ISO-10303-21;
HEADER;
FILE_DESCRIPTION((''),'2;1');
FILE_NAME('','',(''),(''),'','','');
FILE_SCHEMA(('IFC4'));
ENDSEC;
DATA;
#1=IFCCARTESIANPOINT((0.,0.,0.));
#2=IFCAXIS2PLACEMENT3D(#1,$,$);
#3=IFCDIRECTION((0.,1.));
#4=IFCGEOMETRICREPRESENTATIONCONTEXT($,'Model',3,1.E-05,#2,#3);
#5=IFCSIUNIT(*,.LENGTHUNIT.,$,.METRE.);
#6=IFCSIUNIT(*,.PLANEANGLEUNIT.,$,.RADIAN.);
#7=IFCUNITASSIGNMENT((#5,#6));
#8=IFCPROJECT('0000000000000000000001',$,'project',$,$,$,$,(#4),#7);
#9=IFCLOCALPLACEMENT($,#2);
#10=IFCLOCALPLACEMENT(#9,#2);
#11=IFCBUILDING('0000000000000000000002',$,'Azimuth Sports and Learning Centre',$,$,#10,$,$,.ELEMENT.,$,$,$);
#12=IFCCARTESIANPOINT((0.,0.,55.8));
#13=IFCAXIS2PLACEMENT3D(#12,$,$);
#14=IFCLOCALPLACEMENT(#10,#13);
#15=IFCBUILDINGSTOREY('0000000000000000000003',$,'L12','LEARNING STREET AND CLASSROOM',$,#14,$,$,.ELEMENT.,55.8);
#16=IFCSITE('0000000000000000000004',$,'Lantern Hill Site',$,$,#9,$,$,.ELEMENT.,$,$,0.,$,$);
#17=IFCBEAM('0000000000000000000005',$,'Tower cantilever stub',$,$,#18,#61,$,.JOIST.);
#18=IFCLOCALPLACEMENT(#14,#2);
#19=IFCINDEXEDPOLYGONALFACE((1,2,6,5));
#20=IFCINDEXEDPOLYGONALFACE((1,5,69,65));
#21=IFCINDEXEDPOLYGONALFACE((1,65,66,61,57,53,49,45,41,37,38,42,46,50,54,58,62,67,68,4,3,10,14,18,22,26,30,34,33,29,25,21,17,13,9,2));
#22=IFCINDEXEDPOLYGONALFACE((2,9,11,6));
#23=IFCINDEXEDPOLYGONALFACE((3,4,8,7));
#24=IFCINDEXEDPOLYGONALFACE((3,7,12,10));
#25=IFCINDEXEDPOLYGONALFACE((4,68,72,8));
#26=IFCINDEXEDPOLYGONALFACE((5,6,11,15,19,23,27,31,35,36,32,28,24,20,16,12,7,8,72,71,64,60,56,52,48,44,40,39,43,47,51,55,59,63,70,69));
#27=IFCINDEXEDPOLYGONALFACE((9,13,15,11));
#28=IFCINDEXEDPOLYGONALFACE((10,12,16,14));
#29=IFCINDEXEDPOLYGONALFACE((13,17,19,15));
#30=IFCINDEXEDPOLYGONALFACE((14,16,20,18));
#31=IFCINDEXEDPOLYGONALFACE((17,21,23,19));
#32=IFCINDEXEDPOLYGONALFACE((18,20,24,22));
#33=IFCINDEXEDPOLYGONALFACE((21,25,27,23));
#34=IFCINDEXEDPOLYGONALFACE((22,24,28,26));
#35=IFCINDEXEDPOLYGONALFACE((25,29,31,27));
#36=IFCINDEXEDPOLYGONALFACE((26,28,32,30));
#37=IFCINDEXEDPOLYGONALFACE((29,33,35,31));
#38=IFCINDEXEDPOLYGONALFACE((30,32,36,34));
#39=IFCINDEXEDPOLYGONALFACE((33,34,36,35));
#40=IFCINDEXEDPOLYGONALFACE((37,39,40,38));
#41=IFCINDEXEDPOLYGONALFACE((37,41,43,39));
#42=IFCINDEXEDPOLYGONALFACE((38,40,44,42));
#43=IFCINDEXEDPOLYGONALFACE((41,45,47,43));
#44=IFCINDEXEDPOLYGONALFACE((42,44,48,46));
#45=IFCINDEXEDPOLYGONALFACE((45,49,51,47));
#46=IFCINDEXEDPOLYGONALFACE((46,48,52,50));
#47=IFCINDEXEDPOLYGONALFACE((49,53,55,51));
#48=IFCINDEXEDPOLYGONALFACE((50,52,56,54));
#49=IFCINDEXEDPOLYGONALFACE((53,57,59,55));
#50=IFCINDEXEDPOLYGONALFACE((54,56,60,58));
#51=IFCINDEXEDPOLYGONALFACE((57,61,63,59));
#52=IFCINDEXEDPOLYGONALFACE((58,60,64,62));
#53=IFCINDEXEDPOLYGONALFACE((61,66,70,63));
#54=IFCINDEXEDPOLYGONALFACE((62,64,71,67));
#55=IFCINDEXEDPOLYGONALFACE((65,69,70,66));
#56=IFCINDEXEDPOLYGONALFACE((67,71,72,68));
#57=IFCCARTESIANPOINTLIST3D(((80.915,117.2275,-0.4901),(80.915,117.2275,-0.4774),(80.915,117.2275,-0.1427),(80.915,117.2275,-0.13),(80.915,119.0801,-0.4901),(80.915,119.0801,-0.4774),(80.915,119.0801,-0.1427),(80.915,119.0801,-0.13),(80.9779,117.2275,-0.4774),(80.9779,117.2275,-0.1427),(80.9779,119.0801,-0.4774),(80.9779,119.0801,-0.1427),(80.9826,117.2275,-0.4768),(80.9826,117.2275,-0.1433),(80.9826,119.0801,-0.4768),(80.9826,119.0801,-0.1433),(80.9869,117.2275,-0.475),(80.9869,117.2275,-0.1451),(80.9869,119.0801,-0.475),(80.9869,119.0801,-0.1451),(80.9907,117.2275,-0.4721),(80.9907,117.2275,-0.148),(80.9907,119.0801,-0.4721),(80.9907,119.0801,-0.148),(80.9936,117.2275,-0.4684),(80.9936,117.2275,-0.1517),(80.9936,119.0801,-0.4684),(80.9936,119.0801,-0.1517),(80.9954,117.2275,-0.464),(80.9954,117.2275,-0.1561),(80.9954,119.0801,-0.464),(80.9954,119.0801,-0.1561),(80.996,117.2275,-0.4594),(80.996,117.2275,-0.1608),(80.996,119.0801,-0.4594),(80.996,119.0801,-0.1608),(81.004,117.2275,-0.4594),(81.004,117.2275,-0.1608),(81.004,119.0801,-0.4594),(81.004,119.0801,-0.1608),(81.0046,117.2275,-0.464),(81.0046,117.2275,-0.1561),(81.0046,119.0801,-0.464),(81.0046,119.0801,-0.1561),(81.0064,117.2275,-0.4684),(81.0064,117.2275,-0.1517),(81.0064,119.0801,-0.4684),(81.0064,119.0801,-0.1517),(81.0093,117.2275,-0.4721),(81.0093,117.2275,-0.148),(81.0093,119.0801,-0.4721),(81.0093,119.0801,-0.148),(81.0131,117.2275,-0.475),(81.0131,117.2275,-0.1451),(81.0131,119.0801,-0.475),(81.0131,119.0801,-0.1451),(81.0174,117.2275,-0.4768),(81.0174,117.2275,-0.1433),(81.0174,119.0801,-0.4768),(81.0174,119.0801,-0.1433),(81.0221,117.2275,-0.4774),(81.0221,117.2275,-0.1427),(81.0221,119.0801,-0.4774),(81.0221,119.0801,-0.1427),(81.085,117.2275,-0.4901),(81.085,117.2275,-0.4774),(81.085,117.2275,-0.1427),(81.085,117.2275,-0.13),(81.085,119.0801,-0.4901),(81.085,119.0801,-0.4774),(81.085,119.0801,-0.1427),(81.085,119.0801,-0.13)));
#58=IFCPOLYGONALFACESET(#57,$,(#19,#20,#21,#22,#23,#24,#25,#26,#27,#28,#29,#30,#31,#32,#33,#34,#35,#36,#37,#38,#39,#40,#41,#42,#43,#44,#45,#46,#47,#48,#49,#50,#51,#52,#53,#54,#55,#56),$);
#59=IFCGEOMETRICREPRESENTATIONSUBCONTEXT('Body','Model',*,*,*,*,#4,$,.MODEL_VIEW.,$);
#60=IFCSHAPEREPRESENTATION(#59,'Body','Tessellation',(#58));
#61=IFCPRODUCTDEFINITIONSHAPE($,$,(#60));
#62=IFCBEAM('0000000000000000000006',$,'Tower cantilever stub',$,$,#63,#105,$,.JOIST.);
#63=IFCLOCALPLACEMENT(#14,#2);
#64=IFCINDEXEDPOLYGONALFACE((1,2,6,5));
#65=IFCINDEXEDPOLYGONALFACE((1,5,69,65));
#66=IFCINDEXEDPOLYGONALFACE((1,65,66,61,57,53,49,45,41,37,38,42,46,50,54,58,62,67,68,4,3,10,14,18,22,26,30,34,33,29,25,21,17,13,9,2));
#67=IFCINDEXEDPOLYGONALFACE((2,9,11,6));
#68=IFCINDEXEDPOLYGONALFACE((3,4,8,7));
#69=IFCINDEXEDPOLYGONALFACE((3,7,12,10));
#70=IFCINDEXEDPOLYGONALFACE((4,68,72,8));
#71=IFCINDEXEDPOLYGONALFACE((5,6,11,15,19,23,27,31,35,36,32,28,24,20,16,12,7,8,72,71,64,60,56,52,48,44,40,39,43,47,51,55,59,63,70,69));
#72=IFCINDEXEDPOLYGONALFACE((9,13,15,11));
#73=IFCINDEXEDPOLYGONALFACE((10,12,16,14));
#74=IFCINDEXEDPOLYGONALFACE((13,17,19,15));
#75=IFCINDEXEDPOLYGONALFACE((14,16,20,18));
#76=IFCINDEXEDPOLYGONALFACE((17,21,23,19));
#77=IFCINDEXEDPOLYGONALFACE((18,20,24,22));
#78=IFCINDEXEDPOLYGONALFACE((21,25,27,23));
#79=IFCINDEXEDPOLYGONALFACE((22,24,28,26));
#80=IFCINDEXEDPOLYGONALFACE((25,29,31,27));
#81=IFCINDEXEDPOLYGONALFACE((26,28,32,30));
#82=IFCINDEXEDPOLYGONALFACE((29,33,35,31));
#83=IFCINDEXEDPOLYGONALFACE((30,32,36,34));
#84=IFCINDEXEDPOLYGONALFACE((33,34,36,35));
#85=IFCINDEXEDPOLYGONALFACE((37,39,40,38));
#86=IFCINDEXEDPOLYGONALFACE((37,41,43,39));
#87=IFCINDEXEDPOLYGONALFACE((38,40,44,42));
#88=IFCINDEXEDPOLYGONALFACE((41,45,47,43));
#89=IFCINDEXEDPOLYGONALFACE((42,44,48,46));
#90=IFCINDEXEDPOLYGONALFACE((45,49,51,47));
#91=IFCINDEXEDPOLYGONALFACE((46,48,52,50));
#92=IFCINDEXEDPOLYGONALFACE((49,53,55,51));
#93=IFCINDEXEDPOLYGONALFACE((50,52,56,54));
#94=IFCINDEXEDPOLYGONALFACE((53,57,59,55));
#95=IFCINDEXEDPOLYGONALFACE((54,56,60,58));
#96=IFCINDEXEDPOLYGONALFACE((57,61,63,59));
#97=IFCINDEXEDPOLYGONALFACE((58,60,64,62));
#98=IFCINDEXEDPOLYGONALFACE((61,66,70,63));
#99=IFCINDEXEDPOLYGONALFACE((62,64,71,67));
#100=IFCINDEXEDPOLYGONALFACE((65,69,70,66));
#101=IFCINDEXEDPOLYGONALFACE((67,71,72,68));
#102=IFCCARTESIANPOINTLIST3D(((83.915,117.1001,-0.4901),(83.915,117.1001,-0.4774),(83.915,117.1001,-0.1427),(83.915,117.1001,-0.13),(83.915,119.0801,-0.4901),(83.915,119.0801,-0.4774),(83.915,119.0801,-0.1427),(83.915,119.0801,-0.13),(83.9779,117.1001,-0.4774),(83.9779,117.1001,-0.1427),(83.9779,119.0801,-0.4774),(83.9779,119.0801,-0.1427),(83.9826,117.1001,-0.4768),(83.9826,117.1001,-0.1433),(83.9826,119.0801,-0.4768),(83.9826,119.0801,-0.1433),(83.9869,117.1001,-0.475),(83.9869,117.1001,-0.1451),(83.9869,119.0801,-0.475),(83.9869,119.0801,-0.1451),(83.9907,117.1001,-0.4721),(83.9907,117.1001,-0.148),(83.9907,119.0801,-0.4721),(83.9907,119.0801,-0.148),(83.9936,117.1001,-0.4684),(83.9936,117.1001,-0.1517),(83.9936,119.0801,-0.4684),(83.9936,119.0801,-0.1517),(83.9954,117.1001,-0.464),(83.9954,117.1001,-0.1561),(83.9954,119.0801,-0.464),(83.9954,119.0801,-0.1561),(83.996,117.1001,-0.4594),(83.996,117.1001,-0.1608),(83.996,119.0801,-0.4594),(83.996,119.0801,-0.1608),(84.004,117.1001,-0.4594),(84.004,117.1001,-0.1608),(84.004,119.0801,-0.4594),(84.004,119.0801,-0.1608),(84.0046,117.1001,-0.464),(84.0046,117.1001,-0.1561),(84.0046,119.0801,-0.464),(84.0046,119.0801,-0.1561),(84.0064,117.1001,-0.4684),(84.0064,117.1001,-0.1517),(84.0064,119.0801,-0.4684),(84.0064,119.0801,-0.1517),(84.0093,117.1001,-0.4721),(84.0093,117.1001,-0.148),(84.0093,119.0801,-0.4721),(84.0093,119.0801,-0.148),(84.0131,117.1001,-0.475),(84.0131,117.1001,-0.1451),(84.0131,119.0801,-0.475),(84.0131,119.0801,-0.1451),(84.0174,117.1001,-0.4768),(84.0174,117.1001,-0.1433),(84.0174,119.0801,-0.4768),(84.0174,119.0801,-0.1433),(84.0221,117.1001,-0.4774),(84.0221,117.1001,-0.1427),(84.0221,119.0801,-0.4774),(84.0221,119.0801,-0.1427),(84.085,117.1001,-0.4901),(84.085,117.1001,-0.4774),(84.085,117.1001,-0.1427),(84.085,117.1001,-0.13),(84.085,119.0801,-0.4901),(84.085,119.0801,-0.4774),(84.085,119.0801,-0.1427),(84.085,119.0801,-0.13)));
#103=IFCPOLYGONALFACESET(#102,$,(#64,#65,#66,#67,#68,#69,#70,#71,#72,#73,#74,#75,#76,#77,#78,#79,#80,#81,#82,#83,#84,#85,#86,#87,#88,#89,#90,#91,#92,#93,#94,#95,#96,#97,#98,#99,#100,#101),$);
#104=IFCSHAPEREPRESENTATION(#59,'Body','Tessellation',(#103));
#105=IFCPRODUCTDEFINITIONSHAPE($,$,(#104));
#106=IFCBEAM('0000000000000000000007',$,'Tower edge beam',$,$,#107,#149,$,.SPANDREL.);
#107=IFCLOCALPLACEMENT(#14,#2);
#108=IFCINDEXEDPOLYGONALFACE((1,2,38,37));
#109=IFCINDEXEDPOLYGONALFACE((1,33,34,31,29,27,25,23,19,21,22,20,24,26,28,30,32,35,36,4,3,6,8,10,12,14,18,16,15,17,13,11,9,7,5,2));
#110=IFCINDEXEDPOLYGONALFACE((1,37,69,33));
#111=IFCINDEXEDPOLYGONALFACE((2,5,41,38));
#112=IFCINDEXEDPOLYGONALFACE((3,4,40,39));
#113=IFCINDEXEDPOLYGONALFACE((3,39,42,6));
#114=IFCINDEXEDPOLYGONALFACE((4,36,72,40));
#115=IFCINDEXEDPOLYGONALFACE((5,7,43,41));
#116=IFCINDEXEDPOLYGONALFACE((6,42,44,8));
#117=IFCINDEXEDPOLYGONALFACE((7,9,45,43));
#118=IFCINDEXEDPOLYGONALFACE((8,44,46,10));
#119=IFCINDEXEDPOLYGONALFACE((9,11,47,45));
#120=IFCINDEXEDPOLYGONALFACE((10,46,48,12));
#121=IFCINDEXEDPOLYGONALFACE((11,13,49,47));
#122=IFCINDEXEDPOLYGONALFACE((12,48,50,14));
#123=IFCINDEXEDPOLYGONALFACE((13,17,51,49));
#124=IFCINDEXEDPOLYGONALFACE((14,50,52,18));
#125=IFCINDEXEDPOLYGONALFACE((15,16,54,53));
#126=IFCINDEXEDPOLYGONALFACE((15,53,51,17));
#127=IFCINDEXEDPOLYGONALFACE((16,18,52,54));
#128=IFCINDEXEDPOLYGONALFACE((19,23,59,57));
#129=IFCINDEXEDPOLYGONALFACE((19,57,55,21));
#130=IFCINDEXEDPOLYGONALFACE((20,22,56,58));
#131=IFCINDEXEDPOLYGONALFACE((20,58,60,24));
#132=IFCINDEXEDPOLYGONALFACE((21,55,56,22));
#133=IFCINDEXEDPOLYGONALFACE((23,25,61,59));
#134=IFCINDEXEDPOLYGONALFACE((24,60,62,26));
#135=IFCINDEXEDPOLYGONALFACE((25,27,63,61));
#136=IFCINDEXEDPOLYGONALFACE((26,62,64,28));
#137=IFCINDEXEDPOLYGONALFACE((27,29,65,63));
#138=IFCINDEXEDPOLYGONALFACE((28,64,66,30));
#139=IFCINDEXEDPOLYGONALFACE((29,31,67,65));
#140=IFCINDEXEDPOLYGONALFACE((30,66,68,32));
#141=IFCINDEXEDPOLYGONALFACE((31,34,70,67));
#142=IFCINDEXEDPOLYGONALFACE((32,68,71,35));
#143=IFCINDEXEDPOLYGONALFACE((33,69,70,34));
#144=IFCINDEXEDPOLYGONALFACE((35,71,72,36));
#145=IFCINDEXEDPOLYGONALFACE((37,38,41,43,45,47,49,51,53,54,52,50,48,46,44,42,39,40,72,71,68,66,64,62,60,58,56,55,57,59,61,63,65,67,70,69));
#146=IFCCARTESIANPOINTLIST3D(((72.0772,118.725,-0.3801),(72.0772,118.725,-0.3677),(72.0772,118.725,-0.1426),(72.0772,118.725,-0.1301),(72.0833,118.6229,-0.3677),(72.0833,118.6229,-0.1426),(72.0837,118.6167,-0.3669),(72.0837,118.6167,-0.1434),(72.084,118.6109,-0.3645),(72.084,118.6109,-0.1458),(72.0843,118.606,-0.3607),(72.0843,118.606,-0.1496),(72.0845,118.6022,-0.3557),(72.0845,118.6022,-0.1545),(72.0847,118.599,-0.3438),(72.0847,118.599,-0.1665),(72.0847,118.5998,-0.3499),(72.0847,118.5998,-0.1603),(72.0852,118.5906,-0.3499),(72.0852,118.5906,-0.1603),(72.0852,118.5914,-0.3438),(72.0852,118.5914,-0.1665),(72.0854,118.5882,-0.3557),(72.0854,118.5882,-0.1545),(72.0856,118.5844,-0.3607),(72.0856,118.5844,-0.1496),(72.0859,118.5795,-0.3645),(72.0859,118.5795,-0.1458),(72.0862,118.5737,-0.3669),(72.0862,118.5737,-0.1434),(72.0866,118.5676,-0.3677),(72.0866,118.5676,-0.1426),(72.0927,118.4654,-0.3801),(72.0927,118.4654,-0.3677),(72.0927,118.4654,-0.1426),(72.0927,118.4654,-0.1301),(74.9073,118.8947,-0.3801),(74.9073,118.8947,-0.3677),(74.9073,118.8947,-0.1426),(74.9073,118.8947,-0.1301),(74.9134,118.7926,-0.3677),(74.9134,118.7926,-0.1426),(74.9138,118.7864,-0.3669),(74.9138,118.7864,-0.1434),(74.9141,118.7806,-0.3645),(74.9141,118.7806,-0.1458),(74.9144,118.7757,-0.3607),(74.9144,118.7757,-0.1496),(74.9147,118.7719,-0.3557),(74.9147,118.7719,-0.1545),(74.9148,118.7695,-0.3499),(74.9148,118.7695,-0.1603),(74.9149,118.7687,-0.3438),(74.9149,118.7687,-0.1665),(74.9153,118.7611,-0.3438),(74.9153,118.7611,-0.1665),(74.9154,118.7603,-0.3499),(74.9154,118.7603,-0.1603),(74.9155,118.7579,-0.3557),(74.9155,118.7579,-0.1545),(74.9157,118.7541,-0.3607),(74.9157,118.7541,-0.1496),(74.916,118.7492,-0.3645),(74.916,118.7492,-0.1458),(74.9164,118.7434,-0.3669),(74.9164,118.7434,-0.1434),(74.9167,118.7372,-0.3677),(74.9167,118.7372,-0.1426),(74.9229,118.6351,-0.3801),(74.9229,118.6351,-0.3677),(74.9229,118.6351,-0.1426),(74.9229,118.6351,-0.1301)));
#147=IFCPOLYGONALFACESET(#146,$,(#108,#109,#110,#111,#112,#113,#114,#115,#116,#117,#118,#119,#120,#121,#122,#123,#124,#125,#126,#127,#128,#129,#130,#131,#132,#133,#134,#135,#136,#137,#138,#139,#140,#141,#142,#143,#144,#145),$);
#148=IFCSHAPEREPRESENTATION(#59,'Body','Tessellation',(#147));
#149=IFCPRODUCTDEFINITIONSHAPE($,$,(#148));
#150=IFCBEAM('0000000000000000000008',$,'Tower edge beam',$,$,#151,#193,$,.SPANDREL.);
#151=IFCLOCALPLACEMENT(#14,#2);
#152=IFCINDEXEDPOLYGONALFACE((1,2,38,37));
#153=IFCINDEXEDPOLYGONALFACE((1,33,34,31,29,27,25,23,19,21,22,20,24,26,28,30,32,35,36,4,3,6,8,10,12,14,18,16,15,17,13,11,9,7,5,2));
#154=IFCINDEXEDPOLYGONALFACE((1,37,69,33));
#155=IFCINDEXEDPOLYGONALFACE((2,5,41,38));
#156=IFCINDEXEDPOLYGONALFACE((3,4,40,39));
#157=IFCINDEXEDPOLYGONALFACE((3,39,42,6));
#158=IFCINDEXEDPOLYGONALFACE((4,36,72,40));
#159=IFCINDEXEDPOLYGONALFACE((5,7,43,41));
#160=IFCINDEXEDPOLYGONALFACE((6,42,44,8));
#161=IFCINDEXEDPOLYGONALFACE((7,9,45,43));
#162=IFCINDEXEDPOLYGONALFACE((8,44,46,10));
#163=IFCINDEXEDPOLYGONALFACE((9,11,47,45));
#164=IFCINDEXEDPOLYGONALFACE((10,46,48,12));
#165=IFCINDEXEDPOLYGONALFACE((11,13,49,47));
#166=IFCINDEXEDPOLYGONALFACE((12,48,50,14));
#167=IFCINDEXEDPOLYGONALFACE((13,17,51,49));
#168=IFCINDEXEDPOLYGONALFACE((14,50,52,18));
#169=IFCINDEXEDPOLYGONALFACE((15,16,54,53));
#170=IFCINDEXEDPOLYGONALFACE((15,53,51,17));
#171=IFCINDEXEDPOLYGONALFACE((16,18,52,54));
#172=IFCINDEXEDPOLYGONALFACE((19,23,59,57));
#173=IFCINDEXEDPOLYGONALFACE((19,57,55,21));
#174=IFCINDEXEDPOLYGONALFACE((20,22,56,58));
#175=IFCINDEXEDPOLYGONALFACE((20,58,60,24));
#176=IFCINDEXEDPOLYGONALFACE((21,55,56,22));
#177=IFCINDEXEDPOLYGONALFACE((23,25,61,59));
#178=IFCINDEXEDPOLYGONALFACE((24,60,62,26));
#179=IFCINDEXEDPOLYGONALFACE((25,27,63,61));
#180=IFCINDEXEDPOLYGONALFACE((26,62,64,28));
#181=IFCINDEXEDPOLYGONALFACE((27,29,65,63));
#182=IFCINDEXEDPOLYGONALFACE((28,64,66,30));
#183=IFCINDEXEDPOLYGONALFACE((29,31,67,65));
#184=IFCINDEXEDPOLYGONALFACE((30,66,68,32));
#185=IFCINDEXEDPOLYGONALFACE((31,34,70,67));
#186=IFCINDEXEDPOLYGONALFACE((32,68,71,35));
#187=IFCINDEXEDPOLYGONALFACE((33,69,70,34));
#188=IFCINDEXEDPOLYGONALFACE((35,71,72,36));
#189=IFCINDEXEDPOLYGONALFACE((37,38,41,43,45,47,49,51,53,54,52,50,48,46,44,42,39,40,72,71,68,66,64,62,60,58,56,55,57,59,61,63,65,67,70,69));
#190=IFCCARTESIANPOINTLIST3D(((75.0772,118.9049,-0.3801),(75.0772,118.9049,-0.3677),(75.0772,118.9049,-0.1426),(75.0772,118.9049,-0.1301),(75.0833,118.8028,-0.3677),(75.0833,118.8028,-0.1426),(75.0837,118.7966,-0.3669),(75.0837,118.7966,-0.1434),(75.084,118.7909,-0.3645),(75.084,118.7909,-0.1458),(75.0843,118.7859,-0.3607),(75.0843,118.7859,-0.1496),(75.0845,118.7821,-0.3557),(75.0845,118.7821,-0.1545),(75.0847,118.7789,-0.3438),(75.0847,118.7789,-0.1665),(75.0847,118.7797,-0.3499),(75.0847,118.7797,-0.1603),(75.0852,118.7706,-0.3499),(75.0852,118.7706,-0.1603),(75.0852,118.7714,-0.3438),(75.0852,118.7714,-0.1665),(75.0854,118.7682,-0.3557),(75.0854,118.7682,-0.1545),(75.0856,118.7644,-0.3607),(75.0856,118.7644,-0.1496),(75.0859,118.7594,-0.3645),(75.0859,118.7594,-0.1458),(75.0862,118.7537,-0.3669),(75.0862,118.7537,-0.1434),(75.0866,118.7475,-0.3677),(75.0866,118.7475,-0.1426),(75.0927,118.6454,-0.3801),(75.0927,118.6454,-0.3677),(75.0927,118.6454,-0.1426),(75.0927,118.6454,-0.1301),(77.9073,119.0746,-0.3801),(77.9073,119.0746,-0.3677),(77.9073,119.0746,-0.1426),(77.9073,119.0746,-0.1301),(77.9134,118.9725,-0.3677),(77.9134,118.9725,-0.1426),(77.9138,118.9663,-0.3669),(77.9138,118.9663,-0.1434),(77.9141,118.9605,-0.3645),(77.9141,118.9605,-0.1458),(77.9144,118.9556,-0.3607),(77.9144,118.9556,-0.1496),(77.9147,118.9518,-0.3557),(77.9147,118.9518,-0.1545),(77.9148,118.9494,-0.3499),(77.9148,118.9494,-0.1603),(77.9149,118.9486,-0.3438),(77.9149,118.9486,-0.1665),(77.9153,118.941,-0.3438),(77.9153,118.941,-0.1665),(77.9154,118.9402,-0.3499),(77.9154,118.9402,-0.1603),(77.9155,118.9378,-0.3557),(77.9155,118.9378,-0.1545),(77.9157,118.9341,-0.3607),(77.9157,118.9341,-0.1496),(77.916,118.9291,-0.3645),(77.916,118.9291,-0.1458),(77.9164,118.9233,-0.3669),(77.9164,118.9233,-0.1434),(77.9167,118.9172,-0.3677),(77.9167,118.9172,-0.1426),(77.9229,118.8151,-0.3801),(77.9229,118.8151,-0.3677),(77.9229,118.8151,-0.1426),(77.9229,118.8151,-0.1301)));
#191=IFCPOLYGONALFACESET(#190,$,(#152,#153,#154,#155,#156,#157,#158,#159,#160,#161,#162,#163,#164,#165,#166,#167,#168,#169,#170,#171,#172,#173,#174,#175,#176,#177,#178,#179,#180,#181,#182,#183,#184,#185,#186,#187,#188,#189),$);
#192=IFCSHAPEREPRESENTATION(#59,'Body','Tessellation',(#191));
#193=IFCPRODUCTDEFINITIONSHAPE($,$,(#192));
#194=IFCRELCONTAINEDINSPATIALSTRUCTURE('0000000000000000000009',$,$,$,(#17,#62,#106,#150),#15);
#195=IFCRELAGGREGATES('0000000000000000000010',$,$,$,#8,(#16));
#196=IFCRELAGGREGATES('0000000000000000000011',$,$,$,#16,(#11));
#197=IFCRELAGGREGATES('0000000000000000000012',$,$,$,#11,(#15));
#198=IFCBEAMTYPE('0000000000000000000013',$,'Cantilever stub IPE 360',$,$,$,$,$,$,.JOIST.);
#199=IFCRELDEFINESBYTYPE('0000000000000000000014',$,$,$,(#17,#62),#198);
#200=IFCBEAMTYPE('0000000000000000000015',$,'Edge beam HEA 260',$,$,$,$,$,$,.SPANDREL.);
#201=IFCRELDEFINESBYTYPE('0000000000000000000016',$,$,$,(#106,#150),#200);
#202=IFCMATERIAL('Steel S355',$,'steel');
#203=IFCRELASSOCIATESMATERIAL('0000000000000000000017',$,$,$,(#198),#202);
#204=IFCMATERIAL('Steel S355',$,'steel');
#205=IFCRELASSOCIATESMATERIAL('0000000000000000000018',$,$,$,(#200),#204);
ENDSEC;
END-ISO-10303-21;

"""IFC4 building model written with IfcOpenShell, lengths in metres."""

from ifc_helpers import new_model, si_unit, direction, frame, origin, origin_2d, place, context, subcontext, project, spatial, i_section, extrude, material, material_profile, profile_set, type_object, element, save


model = new_model("IFC4")

# Units and contexts
model_context = context("Model", 3, precision=1e-05, world=origin(), true_north=direction((0.0, 1.0)))
body_context = subcontext(model_context, "Body", "Model", "MODEL_VIEW")
ifc_project = project(units=[si_unit("LENGTHUNIT", "METRE"), si_unit("PLANEANGLEUNIT", "RADIAN")], contexts=[model_context])

# Site, building, storey
site_placement = place(None, origin())
site = spatial("IfcSite", under=ifc_project, at=site_placement, Name="Lantern Hill Site", CompositionType="ELEMENT", RefElevation=0.0)
building_placement = place(site_placement, origin())
building = spatial("IfcBuilding", under=site, at=building_placement, Name="Azimuth Sports and Learning Centre", CompositionType="ELEMENT")
storey_placement = place(building_placement, frame((0.0, 0.0, 55.8)))
storey = spatial("IfcBuildingStorey", under=building, at=storey_placement, Name="L12", Description="LEARNING STREET AND CLASSROOM", CompositionType="ELEMENT", Elevation=55.8)

# Beams
ifc_material_1 = material(Name="Steel S355", Category="steel")
ifc_material_profile_1 = material_profile(ifc_material_1, i_section(OverallWidth=0.1699, OverallDepth=0.3601, WebThickness=0.0081, FlangeThickness=0.0127, FilletRadius=0.0181, at=origin_2d()), Name="IPE 360")
ifc_profile_set_1 = profile_set([ifc_material_profile_1], Name="Steel S355")
beam_type_1 = type_object("IfcBeamType", Name="Cantilever stub IPE 360", PredefinedType="JOIST", material=ifc_profile_set_1)
beam_1_placement = place(storey_placement, frame((81.0, 117.2275, -0.3101), z_axis=(0.0, 1.0, 0.0), x_axis=(-1.0, 0.0, 0.0)))
element("IfcBeam", 1, at=beam_1_placement, inside=storey, type_object=beam_type_1, Name="Tower cantilever stub", PredefinedType="JOIST", context=body_context, shape_type="SweptSolid", body=[
    extrude(i_section(OverallWidth=0.1699, OverallDepth=0.3601, WebThickness=0.0081, FlangeThickness=0.0127, FilletRadius=0.0181, at=origin_2d()), origin(), (0.0, 0.0, 1.0), 1.8525),
])
beam_2_placement = place(storey_placement, frame((84.0, 117.1001, -0.3101), z_axis=(0.0, 1.0, 0.0), x_axis=(-1.0, 0.0, 0.0)))
element("IfcBeam", 2, at=beam_2_placement, inside=storey, type_object=beam_type_1, Name="Tower cantilever stub", PredefinedType="JOIST", context=body_context, shape_type="SweptSolid", body=[
    extrude(i_section(OverallWidth=0.1699, OverallDepth=0.3601, WebThickness=0.0081, FlangeThickness=0.0127, FilletRadius=0.0181, at=origin_2d()), origin(), (0.0, 0.0, 1.0), 1.98),
])
ifc_material_2 = material(Name="Steel S355", Category="steel")
ifc_material_profile_2 = material_profile(ifc_material_2, i_section(OverallWidth=0.26, OverallDepth=0.25, WebThickness=0.0076, FlangeThickness=0.0125, FilletRadius=0.0239, at=origin_2d()), Name="HEA 260")
ifc_profile_set_2 = profile_set([ifc_material_profile_2], Name="Steel S355")
beam_type_2 = type_object("IfcBeamType", Name="Edge beam HEA 260", PredefinedType="SPANDREL", material=ifc_profile_set_2)
for number, where, z_axis, x_axis, name in (
    (3, (72.085, 118.5952, -0.2551), (0.998208, 0.059848, 0.0), (-0.059848, 0.998208, 0.0), "Tower edge beam"),
    (4, (75.085, 118.7751, -0.2551), (0.998208, 0.059848, 0.0), (-0.059848, 0.998208, 0.0), "Tower edge beam"),
):
    element("IfcBeam", number, at=place(storey_placement, frame(where, z_axis=z_axis, x_axis=x_axis)), inside=storey, type_object=beam_type_2, Name=name, PredefinedType="SPANDREL", context=body_context, shape_type="SweptSolid", body=[
        extrude(i_section(OverallWidth=0.26, OverallDepth=0.25, WebThickness=0.0076, FlangeThickness=0.0125, FilletRadius=0.0239, at=origin_2d()), origin(), (0.0, 0.0, 1.0), 2.8352),
    ])

save(model, "model.ifc")
